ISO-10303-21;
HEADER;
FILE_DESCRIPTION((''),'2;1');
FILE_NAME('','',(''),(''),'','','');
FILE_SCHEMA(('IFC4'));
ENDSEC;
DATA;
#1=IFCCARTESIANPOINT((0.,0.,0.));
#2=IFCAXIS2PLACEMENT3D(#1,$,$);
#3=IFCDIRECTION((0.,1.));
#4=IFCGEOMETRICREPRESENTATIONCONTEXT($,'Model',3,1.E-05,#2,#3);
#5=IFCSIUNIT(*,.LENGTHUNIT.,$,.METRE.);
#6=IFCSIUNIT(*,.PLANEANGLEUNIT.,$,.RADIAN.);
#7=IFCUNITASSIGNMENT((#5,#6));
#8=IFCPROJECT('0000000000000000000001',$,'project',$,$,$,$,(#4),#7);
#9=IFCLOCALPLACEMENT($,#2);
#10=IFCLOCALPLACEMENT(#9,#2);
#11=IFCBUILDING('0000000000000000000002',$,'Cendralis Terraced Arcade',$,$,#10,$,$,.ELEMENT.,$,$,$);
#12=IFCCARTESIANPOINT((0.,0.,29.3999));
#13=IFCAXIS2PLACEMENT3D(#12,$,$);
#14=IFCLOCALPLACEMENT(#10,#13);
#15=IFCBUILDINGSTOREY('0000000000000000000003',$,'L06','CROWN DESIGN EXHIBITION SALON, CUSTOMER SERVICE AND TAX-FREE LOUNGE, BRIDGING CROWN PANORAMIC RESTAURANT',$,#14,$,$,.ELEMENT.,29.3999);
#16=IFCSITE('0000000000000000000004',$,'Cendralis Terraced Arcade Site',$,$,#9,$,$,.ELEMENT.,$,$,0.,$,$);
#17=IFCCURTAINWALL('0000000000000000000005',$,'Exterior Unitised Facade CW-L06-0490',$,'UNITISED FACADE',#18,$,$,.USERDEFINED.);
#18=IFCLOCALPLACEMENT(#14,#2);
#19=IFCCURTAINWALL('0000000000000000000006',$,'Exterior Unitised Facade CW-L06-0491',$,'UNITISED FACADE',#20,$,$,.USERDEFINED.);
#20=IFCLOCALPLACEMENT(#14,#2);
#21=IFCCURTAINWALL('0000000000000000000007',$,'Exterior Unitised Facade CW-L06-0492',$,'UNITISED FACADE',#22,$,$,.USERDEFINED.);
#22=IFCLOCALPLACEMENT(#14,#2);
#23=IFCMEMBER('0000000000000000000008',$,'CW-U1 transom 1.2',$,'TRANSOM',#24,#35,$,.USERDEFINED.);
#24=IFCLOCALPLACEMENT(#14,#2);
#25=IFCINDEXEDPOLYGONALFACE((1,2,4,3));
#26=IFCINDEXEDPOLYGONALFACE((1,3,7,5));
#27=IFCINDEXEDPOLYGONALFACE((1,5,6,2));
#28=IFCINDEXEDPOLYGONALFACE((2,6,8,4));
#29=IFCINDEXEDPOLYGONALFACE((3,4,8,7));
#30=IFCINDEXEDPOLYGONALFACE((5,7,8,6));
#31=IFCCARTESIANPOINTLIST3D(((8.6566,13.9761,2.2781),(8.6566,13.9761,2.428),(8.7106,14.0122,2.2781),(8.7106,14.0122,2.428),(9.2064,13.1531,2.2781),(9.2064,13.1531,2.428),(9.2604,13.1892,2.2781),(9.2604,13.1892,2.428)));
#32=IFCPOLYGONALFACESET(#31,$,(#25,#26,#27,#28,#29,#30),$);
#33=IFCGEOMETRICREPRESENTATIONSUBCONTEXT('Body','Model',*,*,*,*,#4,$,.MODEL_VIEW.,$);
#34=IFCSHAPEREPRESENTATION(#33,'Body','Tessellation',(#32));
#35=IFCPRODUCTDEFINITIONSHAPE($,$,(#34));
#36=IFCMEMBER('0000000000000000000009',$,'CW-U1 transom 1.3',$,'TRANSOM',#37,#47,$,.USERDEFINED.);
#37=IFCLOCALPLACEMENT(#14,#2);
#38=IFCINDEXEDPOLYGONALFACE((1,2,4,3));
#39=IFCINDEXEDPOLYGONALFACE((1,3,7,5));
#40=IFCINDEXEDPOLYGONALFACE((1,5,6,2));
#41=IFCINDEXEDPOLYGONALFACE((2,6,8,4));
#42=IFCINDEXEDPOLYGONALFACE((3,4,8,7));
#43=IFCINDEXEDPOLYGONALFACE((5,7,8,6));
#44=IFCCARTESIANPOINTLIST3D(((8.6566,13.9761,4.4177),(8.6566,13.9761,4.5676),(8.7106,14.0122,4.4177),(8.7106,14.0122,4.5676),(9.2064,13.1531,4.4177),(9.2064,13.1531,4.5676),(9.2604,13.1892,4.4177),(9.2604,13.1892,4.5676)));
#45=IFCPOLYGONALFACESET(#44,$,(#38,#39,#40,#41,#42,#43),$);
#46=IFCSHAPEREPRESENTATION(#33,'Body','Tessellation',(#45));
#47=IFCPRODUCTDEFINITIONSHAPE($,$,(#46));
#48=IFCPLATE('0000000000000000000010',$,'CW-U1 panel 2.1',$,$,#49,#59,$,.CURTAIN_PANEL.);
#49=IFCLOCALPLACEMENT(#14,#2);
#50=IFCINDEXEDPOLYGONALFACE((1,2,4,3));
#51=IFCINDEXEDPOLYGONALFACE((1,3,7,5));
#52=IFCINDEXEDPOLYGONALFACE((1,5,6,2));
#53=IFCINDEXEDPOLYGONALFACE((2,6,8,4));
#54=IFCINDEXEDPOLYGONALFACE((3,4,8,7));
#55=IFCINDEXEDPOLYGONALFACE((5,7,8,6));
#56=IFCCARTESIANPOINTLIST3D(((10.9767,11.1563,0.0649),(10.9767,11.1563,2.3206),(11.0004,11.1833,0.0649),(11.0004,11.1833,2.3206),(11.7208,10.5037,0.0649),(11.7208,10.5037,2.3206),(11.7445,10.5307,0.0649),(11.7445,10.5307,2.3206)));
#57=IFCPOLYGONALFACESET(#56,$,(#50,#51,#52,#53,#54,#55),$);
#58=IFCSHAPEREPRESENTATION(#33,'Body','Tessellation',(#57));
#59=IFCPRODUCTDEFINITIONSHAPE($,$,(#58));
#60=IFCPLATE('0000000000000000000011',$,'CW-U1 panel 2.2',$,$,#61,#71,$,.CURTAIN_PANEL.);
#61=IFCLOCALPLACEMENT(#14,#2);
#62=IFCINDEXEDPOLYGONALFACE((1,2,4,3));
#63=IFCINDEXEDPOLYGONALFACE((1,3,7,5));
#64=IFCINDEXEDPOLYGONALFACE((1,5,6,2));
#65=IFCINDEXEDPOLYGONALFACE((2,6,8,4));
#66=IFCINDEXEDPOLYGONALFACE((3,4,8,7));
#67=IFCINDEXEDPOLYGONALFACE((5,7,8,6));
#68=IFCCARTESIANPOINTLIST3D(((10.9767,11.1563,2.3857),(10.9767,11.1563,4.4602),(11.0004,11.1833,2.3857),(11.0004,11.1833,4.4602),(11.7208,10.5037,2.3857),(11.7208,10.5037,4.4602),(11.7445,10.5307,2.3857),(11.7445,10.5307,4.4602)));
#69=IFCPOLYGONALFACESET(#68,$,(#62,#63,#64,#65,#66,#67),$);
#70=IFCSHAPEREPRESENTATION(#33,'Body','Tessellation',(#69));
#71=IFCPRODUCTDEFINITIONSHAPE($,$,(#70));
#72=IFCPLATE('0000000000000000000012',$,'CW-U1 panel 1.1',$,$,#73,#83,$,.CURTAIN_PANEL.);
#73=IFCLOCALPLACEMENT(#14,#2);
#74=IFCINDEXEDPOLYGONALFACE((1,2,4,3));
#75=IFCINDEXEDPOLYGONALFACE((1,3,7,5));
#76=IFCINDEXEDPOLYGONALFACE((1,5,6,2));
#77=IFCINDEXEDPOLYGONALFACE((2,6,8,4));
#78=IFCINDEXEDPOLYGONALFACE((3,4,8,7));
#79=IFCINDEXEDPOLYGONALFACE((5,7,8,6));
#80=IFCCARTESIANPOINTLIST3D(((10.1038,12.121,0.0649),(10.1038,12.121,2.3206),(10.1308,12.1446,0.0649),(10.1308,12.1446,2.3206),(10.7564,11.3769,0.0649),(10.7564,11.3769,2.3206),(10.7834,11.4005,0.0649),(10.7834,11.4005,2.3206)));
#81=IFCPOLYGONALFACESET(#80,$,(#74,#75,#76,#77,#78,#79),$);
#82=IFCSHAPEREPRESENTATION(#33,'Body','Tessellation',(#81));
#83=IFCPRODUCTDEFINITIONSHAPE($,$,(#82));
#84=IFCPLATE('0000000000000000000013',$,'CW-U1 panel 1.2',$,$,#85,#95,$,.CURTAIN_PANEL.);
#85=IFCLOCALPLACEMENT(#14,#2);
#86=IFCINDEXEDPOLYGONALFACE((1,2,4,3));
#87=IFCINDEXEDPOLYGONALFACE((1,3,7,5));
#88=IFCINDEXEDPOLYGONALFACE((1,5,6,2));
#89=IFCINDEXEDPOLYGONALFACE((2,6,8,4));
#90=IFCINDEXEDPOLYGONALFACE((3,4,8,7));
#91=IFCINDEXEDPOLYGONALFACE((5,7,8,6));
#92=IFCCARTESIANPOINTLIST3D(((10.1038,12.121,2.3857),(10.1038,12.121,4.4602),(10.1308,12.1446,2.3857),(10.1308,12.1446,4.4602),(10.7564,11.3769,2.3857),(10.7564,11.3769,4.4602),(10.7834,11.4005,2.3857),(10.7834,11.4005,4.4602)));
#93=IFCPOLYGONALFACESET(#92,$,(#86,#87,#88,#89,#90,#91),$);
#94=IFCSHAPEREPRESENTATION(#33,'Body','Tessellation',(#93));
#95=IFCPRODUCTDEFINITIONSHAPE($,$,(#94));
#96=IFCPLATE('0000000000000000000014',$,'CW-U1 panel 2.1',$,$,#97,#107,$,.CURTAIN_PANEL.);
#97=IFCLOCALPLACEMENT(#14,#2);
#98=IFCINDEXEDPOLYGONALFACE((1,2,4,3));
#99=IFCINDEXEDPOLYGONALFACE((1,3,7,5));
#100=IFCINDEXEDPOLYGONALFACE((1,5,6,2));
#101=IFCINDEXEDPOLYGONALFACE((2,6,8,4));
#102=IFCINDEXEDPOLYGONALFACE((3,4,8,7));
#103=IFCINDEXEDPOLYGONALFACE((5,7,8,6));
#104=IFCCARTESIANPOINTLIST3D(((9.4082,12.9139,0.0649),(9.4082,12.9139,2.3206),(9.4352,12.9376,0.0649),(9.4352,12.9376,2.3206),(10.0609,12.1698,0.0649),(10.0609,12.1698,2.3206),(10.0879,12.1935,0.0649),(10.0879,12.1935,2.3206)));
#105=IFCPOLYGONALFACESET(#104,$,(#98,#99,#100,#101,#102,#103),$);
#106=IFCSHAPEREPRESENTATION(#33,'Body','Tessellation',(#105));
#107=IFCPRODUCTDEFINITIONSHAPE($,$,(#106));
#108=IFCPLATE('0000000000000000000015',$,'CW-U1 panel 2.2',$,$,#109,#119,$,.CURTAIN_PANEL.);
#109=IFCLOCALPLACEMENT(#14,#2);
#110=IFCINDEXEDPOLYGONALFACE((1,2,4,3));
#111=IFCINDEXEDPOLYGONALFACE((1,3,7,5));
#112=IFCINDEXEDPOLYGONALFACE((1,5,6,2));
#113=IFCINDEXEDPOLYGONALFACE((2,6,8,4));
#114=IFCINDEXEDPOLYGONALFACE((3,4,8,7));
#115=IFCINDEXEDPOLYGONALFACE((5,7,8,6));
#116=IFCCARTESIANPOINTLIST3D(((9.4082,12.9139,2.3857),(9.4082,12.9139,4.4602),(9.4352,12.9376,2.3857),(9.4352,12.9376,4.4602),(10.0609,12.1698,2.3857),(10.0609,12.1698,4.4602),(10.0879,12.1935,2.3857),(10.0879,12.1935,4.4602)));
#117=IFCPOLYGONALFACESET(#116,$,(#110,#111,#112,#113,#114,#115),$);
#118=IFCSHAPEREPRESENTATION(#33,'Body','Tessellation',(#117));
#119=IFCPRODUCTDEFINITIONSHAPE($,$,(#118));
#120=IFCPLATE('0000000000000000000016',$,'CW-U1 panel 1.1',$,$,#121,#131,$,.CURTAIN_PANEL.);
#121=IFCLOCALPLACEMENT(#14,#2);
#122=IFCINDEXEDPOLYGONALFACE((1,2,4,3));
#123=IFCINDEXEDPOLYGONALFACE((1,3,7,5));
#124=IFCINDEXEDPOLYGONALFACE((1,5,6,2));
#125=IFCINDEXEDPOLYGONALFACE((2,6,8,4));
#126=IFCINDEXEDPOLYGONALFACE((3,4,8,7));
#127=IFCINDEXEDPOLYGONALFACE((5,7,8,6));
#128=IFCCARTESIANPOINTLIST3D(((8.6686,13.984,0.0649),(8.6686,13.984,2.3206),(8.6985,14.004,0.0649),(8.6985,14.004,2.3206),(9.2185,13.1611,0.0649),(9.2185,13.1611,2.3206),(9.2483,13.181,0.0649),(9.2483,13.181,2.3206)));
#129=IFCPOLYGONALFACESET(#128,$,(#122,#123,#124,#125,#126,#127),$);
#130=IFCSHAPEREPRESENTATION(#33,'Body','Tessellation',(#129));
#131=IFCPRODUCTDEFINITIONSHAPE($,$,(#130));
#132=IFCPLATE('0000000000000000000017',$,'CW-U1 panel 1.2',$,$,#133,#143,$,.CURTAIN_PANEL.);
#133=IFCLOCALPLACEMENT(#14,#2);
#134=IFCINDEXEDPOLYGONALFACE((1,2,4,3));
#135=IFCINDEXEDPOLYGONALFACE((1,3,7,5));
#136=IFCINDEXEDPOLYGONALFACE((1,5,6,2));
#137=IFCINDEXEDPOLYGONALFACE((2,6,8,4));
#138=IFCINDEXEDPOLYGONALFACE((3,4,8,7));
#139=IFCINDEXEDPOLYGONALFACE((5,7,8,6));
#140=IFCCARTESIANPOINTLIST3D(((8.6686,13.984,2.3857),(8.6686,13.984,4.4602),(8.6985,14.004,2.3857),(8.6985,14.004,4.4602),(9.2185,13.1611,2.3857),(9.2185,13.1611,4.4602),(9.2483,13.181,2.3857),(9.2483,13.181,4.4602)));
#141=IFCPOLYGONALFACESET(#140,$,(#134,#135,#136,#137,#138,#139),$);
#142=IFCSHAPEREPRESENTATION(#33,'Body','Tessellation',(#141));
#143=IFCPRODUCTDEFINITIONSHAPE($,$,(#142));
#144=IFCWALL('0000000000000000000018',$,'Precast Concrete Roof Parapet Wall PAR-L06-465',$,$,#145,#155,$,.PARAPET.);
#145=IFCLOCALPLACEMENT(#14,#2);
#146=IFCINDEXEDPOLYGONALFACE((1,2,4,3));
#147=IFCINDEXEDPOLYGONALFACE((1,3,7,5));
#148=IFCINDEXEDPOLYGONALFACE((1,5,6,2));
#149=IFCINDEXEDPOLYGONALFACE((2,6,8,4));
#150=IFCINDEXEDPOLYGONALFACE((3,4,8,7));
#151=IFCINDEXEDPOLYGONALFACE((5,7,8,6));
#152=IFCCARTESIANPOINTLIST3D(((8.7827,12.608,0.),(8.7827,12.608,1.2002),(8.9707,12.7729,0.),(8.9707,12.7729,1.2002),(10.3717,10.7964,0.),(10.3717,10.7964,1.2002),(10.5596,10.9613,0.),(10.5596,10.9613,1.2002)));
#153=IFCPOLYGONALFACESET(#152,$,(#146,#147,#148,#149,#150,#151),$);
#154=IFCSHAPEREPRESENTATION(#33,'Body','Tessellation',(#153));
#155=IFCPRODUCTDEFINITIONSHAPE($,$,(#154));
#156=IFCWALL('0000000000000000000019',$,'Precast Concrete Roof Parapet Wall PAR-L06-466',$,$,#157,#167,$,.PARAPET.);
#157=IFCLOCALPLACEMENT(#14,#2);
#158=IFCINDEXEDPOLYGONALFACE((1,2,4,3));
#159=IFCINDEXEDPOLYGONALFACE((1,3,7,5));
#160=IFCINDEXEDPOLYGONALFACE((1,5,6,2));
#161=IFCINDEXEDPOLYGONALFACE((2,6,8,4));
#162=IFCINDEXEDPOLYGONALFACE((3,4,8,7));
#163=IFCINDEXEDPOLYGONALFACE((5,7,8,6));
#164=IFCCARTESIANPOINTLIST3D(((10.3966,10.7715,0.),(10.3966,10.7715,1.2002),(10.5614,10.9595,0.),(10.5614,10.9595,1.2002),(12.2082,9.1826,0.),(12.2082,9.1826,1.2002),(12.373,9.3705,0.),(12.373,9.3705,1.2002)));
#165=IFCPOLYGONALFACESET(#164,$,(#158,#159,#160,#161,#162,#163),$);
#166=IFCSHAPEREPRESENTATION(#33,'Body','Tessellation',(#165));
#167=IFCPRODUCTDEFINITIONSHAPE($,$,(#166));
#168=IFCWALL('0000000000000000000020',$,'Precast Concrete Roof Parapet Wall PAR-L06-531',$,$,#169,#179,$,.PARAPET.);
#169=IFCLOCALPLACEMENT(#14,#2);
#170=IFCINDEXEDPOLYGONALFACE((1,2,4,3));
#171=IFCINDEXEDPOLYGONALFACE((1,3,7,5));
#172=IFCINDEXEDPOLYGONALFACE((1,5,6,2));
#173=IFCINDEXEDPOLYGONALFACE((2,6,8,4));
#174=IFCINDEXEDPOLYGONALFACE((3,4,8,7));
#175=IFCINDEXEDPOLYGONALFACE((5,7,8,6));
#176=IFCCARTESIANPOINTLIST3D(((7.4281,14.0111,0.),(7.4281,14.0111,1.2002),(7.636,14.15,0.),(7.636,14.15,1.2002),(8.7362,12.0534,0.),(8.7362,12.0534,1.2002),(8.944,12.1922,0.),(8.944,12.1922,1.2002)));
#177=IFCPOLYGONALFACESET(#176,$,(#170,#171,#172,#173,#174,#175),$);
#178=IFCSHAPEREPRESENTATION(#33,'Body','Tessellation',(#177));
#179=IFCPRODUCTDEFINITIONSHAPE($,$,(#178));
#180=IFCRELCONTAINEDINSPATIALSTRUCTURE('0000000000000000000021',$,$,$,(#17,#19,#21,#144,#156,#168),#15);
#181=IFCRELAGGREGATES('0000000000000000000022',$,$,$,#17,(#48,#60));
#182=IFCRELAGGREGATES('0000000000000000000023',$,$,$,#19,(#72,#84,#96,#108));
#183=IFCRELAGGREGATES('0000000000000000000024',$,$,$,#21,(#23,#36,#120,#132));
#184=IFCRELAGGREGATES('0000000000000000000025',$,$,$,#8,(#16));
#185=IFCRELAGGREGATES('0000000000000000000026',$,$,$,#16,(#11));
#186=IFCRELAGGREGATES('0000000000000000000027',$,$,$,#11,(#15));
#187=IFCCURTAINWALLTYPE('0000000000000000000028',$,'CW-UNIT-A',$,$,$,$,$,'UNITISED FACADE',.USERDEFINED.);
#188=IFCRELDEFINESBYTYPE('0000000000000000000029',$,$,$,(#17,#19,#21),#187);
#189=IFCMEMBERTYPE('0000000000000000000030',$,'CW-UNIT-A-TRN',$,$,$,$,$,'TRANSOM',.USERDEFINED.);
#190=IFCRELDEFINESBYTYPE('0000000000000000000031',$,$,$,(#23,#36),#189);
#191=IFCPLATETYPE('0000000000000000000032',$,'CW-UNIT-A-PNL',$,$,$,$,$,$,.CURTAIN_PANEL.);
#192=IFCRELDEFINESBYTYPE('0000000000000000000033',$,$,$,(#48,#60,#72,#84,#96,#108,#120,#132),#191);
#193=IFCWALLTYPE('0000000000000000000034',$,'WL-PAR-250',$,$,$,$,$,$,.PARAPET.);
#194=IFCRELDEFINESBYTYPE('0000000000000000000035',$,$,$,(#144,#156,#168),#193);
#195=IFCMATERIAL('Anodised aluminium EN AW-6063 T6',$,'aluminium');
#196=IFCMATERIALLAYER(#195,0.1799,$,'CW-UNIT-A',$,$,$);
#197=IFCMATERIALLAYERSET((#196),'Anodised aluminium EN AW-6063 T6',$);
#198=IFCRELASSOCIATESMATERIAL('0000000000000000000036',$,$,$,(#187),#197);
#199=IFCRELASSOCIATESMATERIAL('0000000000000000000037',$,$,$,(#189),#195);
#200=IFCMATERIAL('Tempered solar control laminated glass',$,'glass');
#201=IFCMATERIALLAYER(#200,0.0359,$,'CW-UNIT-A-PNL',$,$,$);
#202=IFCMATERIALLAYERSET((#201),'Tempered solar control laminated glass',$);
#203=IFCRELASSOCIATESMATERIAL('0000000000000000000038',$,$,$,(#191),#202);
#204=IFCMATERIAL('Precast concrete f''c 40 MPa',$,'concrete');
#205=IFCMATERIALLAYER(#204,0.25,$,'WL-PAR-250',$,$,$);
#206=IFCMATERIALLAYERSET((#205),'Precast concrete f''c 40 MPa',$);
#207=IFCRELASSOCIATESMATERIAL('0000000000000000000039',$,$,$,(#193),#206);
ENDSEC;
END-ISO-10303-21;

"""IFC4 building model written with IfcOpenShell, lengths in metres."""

from ifc_helpers import new_model, si_unit, direction, frame, frame_2d, origin, origin_2d, place, context, subcontext, project, spatial, rectangle, extrude, material, layer, layer_set, material_profile, profile_set, type_object, element, aggregate, save


model = new_model("IFC4")

# Units and contexts
model_context = context("Model", 3, precision=1e-05, world=origin(), true_north=direction((0.0, 1.0)))
body_context = subcontext(model_context, "Body", "Model", "MODEL_VIEW")
ifc_project = project(units=[si_unit("LENGTHUNIT", "METRE"), si_unit("PLANEANGLEUNIT", "RADIAN")], contexts=[model_context])

# Site, building, storey
site_placement = place(None, origin())
site = spatial("IfcSite", under=ifc_project, at=site_placement, Name="Cendralis Terraced Arcade Site", CompositionType="ELEMENT", RefElevation=0.0)
building_placement = place(site_placement, origin())
building = spatial("IfcBuilding", under=site, at=building_placement, Name="Cendralis Terraced Arcade", CompositionType="ELEMENT")
storey_placement = place(building_placement, frame((0.0, 0.0, 29.3999)))
storey = spatial("IfcBuildingStorey", under=building, at=storey_placement, Name="L06", Description="CROWN DESIGN EXHIBITION SALON, CUSTOMER SERVICE AND TAX-FREE LOUNGE, BRIDGING CROWN PANORAMIC RESTAURANT", CompositionType="ELEMENT", Elevation=29.3999)

# Curtain wall
ifc_material_1 = material(Name="Anodised aluminium EN AW-6063 T6", Category="aluminium")
ifc_layer_1 = layer(ifc_material_1, 0.1799, Name="CW-UNIT-A")
ifc_layer_set_1 = layer_set([ifc_layer_1], Name="Anodised aluminium EN AW-6063 T6")
curtain_wall_type = type_object("IfcCurtainWallType", Name="CW-UNIT-A", ElementType="UNITISED FACADE", PredefinedType="USERDEFINED", material=ifc_layer_set_1)
curtain_wall_1_placement = place(storey_placement, origin())
curtain_wall_1 = element("IfcCurtainWall", 1, at=curtain_wall_1_placement, inside=storey, type_object=curtain_wall_type, Name="Exterior Unitised Facade CW-L06-0490", ObjectType="UNITISED FACADE", PredefinedType="USERDEFINED")

# Curtain wall
curtain_wall_2_placement = place(storey_placement, origin())
curtain_wall_2 = element("IfcCurtainWall", 2, at=curtain_wall_2_placement, inside=storey, type_object=curtain_wall_type, Name="Exterior Unitised Facade CW-L06-0491", ObjectType="UNITISED FACADE", PredefinedType="USERDEFINED")

# Curtain wall
curtain_wall_3_placement = place(storey_placement, origin())
curtain_wall_3 = element("IfcCurtainWall", 3, at=curtain_wall_3_placement, inside=storey, type_object=curtain_wall_type, Name="Exterior Unitised Facade CW-L06-0492", ObjectType="UNITISED FACADE", PredefinedType="USERDEFINED")

# Members
ifc_material_profile_1 = material_profile(ifc_material_1, rectangle(XDim=0.0649, YDim=0.1499, at=origin_2d()), Name="ALU-TRN-65x150")
ifc_profile_set_1 = profile_set([ifc_material_profile_1], Name="Anodised aluminium EN AW-6063 T6")
member_type_1 = type_object("IfcMemberType", Name="CW-UNIT-A-TRN", ElementType="TRANSOM", PredefinedType="USERDEFINED", material=ifc_profile_set_1)
member_1_placement = place(storey_placement, frame((9.2334, 13.1711, 2.353), z_axis=(-0.555497, 0.831519, 0.0), x_axis=(-0.831519, -0.555497, 0.0)))
member_1 = element("IfcMember", 4, at=member_1_placement, type_object=member_type_1, Name="CW-U1 transom 1.2", ObjectType="TRANSOM", PredefinedType="USERDEFINED", context=body_context, shape_type="SweptSolid", body=[
    extrude(rectangle(XDim=0.0649, YDim=0.1499, at=origin_2d()), origin(), (0.0, 0.0, 1.0), 0.9897),
])
member_2_placement = place(storey_placement, frame((9.2334, 13.1711, 4.4927), z_axis=(-0.555497, 0.831519, 0.0), x_axis=(-0.831519, -0.555497, 0.0)))
member_2 = element("IfcMember", 5, at=member_2_placement, type_object=member_type_1, Name="CW-U1 transom 1.3", ObjectType="TRANSOM", PredefinedType="USERDEFINED", context=body_context, shape_type="SweptSolid", body=[
    extrude(rectangle(XDim=0.0649, YDim=0.1499, at=origin_2d()), origin(), (0.0, 0.0, 1.0), 0.9897),
])

# Plates
ifc_material_2 = material(Name="Tempered solar control laminated glass", Category="glass")
ifc_layer_2 = layer(ifc_material_2, 0.0359, Name="CW-UNIT-A-PNL")
ifc_layer_set_2 = layer_set([ifc_layer_2], Name="Tempered solar control laminated glass")
plate_type = type_object("IfcPlateType", Name="CW-UNIT-A-PNL", PredefinedType="CURTAIN_PANEL", material=ifc_layer_set_2)
plate_1_placement = place(storey_placement, frame((11.3606, 10.8435, 0.0649), z_axis=(0.0, 0.0, 1.0), x_axis=(-0.75179, 0.659403, 0.0)))
plate_1 = element("IfcPlate", 6, at=plate_1_placement, type_object=plate_type, Name="CW-U1 panel 2.1", PredefinedType="CURTAIN_PANEL", context=body_context, shape_type="SweptSolid", body=[
    extrude(rectangle(XDim=0.9897, YDim=0.0359, at=origin_2d()), origin(), (0.0, 0.0, 1.0), 2.2556),
])
plate_2_placement = place(storey_placement, frame((11.3606, 10.8435, 2.3857), z_axis=(0.0, 0.0, 1.0), x_axis=(-0.75179, 0.659403, 0.0)))
plate_2 = element("IfcPlate", 7, at=plate_2_placement, type_object=plate_type, Name="CW-U1 panel 2.2", PredefinedType="CURTAIN_PANEL", context=body_context, shape_type="SweptSolid", body=[
    extrude(rectangle(XDim=0.9897, YDim=0.0359, at=origin_2d()), origin(), (0.0, 0.0, 1.0), 2.0745),
])
aggregate(curtain_wall_1, [plate_1, plate_2])
plate_3_placement = place(storey_placement, frame((10.4436, 11.7607, 0.0649), z_axis=(0.0, 0.0, 1.0), x_axis=(-0.659403, 0.75179, 0.0)))
plate_3 = element("IfcPlate", 8, at=plate_3_placement, type_object=plate_type, Name="CW-U1 panel 1.1", PredefinedType="CURTAIN_PANEL", context=body_context, shape_type="SweptSolid", body=[
    extrude(rectangle(XDim=0.9897, YDim=0.0359, at=origin_2d()), origin(), (0.0, 0.0, 1.0), 2.2556),
])
plate_4_placement = place(storey_placement, frame((10.4436, 11.7607, 2.3857), z_axis=(0.0, 0.0, 1.0), x_axis=(-0.659403, 0.75179, 0.0)))
plate_4 = element("IfcPlate", 9, at=plate_4_placement, type_object=plate_type, Name="CW-U1 panel 1.2", PredefinedType="CURTAIN_PANEL", context=body_context, shape_type="SweptSolid", body=[
    extrude(rectangle(XDim=0.9897, YDim=0.0359, at=origin_2d()), origin(), (0.0, 0.0, 1.0), 2.0745),
])
plate_5_placement = place(storey_placement, frame((9.748, 12.5537, 0.0649), z_axis=(0.0, 0.0, 1.0), x_axis=(-0.659403, 0.75179, 0.0)))
plate_5 = element("IfcPlate", 10, at=plate_5_placement, type_object=plate_type, Name="CW-U1 panel 2.1", PredefinedType="CURTAIN_PANEL", context=body_context, shape_type="SweptSolid", body=[
    extrude(rectangle(XDim=0.9897, YDim=0.0359, at=origin_2d()), origin(), (0.0, 0.0, 1.0), 2.2556),
])
plate_6_placement = place(storey_placement, frame((9.748, 12.5537, 2.3857), z_axis=(0.0, 0.0, 1.0), x_axis=(-0.659403, 0.75179, 0.0)))
plate_6 = element("IfcPlate", 11, at=plate_6_placement, type_object=plate_type, Name="CW-U1 panel 2.2", PredefinedType="CURTAIN_PANEL", context=body_context, shape_type="SweptSolid", body=[
    extrude(rectangle(XDim=0.9897, YDim=0.0359, at=origin_2d()), origin(), (0.0, 0.0, 1.0), 2.0745),
])
aggregate(curtain_wall_2, [plate_3, plate_4, plate_5, plate_6])
plate_7_placement = place(storey_placement, frame((8.9585, 13.5825, 0.0649), z_axis=(0.0, 0.0, 1.0), x_axis=(-0.555559, 0.831477, 0.0)))
plate_7 = element("IfcPlate", 12, at=plate_7_placement, type_object=plate_type, Name="CW-U1 panel 1.1", PredefinedType="CURTAIN_PANEL", context=body_context, shape_type="SweptSolid", body=[
    extrude(rectangle(XDim=0.9897, YDim=0.0359, at=origin_2d()), origin(), (0.0, 0.0, 1.0), 2.2556),
])
plate_8_placement = place(storey_placement, frame((8.9585, 13.5825, 2.3857), z_axis=(0.0, 0.0, 1.0), x_axis=(-0.555559, 0.831477, 0.0)))
plate_8 = element("IfcPlate", 13, at=plate_8_placement, type_object=plate_type, Name="CW-U1 panel 1.2", PredefinedType="CURTAIN_PANEL", context=body_context, shape_type="SweptSolid", body=[
    extrude(rectangle(XDim=0.9897, YDim=0.0359, at=origin_2d()), origin(), (0.0, 0.0, 1.0), 2.0745),
])
aggregate(curtain_wall_3, [member_1, member_2, plate_7, plate_8])

# Walls
ifc_material_3 = material(Name="Precast concrete f'c 40 MPa", Category="concrete")
ifc_layer_3 = layer(ifc_material_3, 0.25, Name="WL-PAR-250")
ifc_layer_set_3 = layer_set([ifc_layer_3], Name="Precast concrete f'c 40 MPa")
wall_type = type_object("IfcWallType", Name="WL-PAR-250", PredefinedType="PARAPET", material=ifc_layer_set_3)
for number, where, z_axis, x_axis, name in (
    (14, (8.8767, 12.6904, 0.0), (0.0, 0.0, 1.0), (0.659394, -0.751798, 0.0), "Precast Concrete Roof Parapet Wall PAR-L06-465"),
    (15, (10.479, 10.8655, 0.0), (0.0, 0.0, 1.0), (0.751798, -0.659394, 0.0), "Precast Concrete Roof Parapet Wall PAR-L06-466"),
):
    element("IfcWall", number, at=place(storey_placement, frame(where, z_axis=z_axis, x_axis=x_axis)), inside=storey, type_object=wall_type, Name=name, PredefinedType="PARAPET", context=body_context, shape_type="SweptSolid", body=[
        extrude(rectangle(XDim=2.4097, YDim=0.25, at=frame_2d((1.2048, 0.0))), origin(), (0.0, 0.0, 1.0), 1.2002),
    ])
wall_placement = place(storey_placement, frame((8.8401, 12.1228, 0.0), z_axis=(0.0, 0.0, 1.0), x_axis=(-0.555561, 0.831476, 0.0)))
element("IfcWall", 16, at=wall_placement, inside=storey, type_object=wall_type, Name="Precast Concrete Roof Parapet Wall PAR-L06-531", PredefinedType="PARAPET", context=body_context, shape_type="SweptSolid", body=[
    extrude(rectangle(XDim=2.3545, YDim=0.25, at=frame_2d((1.1772, 0.0))), origin(), (0.0, 0.0, 1.0), 1.2002),
])

save(model, "model.ifc")
